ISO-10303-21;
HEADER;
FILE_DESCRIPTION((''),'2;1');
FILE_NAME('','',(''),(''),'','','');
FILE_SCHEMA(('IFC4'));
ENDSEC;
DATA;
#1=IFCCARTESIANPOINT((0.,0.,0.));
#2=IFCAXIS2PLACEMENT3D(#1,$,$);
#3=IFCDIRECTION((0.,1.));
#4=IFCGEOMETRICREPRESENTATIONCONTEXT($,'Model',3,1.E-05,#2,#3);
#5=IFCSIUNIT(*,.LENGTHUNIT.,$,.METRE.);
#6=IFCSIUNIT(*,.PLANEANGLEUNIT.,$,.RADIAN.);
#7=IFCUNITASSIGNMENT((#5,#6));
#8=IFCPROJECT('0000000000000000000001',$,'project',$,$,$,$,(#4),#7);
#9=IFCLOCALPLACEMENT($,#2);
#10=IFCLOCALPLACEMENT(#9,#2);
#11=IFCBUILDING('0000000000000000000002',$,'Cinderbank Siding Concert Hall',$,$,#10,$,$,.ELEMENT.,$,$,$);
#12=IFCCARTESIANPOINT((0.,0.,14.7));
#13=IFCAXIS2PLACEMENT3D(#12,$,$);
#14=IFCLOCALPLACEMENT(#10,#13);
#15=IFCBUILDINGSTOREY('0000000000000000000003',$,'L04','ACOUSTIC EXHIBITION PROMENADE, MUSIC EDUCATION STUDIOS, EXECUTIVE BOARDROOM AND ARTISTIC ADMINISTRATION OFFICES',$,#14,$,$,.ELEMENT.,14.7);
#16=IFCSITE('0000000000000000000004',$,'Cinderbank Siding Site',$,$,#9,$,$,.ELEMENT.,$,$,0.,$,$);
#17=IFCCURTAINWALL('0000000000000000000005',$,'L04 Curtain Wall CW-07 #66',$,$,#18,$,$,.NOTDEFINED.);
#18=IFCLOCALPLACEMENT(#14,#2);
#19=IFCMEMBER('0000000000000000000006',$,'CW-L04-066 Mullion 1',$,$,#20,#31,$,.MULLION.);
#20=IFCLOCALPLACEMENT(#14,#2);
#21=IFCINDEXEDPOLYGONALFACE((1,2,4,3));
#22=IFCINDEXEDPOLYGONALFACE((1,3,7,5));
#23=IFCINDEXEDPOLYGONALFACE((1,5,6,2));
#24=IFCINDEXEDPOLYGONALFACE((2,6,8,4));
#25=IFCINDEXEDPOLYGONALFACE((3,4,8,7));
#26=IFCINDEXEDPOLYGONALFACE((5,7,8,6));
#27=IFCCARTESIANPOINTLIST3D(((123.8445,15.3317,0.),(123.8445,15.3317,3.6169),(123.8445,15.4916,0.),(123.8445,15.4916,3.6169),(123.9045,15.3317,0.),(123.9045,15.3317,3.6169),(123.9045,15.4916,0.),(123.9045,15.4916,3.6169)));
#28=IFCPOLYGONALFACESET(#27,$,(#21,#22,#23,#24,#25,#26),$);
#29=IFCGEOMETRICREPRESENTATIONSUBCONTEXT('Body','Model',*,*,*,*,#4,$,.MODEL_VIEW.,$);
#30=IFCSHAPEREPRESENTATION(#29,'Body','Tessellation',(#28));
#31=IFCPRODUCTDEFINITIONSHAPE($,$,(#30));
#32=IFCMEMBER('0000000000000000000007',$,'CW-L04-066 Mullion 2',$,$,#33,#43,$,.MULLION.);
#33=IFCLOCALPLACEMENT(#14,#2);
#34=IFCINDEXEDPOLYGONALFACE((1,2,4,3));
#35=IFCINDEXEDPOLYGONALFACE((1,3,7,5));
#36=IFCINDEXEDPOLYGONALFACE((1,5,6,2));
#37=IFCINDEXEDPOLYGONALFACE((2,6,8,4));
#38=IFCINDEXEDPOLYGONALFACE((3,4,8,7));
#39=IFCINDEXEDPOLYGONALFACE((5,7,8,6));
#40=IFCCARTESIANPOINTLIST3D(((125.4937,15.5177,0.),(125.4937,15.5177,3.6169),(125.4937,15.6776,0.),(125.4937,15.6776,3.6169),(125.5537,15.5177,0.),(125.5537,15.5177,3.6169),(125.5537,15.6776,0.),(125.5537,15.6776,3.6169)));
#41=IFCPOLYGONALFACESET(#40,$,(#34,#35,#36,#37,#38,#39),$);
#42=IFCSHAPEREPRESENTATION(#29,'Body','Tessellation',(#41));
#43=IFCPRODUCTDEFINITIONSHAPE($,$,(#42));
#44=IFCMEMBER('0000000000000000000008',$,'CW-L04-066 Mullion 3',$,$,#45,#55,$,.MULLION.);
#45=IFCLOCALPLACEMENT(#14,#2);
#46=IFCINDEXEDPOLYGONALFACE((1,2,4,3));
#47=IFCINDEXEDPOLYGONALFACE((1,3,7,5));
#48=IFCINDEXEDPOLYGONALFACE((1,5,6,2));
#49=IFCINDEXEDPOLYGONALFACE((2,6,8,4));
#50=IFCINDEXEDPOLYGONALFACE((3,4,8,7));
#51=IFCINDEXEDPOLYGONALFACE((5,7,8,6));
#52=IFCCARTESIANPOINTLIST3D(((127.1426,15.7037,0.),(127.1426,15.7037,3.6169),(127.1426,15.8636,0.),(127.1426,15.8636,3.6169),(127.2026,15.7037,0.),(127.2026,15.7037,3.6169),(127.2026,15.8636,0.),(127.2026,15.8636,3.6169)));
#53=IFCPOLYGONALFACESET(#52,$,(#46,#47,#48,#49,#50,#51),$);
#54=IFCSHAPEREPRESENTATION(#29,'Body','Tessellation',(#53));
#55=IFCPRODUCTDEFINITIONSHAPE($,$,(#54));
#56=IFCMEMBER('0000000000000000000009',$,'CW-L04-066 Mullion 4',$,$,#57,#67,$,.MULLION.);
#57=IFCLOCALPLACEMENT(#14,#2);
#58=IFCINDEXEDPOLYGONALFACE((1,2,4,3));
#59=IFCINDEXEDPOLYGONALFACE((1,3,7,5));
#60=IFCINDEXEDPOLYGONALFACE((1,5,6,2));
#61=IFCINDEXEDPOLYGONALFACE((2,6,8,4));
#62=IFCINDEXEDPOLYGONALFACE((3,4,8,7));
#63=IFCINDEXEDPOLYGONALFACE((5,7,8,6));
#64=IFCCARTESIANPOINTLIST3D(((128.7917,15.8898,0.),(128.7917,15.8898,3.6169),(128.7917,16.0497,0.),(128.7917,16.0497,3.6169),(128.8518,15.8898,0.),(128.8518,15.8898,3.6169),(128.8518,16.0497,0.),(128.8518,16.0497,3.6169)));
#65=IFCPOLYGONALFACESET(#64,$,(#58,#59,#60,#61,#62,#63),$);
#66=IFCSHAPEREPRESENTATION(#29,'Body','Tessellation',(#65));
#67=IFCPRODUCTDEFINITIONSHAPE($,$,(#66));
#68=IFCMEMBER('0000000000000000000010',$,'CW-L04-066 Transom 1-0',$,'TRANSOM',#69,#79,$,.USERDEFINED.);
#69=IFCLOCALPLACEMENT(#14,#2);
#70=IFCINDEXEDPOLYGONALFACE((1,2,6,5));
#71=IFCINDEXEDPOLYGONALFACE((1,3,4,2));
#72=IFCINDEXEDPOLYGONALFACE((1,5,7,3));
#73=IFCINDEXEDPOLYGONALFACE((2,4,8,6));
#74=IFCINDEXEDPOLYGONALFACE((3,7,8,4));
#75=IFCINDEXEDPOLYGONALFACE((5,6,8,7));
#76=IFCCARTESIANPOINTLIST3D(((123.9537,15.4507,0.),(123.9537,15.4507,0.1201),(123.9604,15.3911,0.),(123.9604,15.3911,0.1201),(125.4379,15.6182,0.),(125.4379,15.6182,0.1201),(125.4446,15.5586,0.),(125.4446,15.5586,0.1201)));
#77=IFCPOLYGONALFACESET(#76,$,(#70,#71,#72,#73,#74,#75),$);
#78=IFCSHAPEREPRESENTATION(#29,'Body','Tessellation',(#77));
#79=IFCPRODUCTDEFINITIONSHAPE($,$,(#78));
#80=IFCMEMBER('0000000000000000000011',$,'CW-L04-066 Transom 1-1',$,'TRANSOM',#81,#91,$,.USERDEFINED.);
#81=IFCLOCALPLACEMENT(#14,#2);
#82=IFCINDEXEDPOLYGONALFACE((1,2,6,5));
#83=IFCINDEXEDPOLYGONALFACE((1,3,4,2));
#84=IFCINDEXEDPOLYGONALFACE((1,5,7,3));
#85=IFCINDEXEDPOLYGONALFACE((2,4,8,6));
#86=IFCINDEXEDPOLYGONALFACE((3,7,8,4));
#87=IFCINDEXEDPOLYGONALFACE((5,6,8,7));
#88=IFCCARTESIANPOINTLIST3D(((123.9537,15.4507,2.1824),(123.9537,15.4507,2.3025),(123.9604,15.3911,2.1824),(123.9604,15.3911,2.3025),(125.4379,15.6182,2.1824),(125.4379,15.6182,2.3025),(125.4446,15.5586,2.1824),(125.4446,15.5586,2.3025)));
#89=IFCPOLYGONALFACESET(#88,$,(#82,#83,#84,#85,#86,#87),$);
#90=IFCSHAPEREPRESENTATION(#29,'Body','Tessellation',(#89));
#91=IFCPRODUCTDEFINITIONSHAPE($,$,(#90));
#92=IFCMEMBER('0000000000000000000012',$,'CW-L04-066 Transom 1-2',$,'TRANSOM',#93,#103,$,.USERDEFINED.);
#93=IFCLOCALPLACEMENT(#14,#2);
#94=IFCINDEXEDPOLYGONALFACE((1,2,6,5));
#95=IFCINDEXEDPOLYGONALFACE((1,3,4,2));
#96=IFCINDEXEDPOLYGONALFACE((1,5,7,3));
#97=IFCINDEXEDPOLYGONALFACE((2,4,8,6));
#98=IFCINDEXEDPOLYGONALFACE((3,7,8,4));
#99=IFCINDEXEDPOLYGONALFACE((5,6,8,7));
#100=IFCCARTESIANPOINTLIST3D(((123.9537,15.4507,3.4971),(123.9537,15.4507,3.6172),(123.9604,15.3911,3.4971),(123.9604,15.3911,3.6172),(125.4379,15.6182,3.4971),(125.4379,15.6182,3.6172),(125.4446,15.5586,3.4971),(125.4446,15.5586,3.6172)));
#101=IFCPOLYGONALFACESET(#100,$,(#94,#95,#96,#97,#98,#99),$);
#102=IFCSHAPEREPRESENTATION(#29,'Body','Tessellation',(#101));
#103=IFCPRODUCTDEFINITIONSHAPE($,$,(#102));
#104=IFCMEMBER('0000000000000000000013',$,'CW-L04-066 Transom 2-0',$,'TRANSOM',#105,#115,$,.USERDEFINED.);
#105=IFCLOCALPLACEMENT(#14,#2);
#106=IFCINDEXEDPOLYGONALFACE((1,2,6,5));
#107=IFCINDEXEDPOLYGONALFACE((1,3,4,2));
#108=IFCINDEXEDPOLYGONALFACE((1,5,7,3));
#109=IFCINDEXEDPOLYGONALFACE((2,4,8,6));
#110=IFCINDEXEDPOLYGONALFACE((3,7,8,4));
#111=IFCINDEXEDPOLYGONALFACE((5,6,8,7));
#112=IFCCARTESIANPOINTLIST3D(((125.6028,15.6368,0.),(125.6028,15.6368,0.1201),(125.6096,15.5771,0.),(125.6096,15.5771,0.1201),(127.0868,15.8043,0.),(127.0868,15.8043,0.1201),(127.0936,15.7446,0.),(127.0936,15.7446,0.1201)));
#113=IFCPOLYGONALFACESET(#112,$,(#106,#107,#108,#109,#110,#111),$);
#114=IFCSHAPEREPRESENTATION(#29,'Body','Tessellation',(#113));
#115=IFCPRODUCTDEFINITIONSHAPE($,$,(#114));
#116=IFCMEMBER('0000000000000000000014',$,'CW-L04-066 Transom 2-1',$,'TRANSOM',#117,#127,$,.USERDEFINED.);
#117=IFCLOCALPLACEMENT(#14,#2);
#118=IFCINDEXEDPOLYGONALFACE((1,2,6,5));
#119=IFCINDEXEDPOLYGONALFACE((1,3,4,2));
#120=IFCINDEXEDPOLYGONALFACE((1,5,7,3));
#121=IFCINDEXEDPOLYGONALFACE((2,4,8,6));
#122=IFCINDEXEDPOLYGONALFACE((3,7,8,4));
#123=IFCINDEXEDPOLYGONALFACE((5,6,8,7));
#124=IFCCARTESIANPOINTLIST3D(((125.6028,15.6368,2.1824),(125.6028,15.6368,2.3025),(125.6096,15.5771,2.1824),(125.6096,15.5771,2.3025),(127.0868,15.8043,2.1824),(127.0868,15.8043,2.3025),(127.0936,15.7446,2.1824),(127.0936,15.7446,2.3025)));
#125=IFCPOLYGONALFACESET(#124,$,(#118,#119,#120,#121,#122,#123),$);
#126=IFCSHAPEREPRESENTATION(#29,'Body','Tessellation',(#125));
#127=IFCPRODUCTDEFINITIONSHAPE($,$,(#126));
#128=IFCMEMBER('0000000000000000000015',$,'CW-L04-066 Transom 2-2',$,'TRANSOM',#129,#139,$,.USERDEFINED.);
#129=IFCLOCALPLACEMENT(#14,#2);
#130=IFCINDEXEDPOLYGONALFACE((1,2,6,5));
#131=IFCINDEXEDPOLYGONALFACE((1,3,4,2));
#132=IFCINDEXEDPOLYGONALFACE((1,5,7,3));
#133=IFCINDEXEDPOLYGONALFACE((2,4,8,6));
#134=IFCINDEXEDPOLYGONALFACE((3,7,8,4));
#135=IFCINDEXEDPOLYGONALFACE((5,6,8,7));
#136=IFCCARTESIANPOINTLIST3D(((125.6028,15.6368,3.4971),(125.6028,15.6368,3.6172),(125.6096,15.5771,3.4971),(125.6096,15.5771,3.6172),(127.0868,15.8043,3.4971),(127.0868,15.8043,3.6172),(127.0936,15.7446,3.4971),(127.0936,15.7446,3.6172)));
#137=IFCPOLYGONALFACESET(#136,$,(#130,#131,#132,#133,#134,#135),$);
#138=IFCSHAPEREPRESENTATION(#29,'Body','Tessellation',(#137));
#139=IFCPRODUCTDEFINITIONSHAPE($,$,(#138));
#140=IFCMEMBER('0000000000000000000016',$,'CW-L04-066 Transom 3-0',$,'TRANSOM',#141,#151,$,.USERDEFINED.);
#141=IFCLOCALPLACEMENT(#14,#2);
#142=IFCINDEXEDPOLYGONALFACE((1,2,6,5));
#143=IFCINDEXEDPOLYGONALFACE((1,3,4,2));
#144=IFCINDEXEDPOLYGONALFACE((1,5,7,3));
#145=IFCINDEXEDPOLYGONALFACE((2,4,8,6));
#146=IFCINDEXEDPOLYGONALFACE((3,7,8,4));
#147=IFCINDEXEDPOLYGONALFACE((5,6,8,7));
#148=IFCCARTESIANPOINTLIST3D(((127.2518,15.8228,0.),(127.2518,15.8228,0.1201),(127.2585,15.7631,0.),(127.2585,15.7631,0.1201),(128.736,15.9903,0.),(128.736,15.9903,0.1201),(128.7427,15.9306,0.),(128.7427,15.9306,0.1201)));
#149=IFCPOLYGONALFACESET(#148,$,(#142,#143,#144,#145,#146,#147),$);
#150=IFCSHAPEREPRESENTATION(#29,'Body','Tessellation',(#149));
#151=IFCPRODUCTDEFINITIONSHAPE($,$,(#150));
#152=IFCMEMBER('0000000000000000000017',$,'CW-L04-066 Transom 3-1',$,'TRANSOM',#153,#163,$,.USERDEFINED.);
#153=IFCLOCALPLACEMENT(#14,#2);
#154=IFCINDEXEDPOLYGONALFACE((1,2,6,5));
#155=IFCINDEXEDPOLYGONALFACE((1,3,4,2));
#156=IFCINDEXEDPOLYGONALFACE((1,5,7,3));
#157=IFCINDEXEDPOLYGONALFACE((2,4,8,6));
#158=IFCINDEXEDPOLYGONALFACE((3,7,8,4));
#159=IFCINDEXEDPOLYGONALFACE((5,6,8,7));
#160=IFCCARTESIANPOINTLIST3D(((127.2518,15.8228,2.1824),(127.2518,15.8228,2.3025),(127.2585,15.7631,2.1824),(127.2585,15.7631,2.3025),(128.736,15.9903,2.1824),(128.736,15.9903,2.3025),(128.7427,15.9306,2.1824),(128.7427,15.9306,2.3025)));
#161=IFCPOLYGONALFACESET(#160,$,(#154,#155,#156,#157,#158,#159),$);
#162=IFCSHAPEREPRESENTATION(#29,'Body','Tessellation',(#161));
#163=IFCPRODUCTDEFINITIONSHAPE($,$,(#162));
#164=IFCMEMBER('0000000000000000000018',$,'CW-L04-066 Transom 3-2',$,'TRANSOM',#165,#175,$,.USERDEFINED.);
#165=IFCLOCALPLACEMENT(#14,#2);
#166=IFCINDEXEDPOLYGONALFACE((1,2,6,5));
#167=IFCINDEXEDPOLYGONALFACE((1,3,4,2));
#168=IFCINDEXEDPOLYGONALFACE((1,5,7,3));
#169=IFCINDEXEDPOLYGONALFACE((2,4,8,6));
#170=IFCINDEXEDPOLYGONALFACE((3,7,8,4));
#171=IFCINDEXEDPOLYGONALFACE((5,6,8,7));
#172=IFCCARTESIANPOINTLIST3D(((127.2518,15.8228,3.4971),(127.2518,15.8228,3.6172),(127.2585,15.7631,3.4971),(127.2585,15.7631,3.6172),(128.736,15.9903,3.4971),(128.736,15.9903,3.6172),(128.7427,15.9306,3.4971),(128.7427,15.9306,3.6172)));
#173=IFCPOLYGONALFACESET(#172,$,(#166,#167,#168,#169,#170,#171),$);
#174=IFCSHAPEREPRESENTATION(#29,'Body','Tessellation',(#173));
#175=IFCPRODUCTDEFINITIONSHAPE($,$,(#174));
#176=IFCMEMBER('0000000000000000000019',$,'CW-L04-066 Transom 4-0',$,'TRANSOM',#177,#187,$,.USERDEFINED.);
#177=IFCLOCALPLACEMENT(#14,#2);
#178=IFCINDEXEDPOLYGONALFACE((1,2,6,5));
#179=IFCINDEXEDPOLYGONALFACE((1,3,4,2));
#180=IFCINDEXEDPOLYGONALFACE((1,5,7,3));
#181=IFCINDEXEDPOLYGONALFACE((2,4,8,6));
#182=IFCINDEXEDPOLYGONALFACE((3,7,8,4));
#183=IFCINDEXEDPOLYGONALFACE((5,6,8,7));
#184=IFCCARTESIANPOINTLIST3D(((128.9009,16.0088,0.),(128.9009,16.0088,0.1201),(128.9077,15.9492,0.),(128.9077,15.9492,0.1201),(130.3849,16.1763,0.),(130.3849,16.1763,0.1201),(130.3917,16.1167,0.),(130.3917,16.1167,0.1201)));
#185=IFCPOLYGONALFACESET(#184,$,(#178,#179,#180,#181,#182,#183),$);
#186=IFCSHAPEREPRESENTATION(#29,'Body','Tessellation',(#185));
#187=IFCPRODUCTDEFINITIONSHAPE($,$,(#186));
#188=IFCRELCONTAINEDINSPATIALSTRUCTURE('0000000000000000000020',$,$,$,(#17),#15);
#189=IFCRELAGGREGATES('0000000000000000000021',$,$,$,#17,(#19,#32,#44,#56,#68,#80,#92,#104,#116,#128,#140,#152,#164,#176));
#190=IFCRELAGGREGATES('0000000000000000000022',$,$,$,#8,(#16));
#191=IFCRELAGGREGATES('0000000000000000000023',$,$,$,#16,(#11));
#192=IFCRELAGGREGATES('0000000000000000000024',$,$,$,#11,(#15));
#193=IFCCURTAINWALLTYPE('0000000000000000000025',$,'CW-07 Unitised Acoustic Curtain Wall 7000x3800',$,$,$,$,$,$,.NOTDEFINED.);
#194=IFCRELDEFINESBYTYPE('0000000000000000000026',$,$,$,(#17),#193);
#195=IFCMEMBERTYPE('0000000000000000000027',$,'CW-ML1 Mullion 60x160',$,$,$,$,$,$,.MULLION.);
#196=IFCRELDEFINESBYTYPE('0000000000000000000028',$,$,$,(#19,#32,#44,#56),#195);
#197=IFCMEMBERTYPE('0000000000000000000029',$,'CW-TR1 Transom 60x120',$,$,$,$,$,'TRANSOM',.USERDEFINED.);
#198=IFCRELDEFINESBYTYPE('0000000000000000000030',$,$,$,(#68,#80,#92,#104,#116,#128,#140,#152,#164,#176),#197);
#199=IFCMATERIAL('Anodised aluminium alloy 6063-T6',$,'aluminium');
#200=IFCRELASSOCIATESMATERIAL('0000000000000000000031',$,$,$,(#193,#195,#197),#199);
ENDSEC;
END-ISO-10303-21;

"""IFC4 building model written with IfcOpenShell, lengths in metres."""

from ifc_helpers import new_model, si_unit, direction, frame, origin, origin_2d, place, context, subcontext, project, spatial, rectangle, extrude, material, material_profile, profile_set, type_object, element, aggregate, save


model = new_model("IFC4")

# Units and contexts
model_context = context("Model", 3, precision=1e-05, world=origin(), true_north=direction((0.0, 1.0)))
body_context = subcontext(model_context, "Body", "Model", "MODEL_VIEW")
ifc_project = project(units=[si_unit("LENGTHUNIT", "METRE"), si_unit("PLANEANGLEUNIT", "RADIAN")], contexts=[model_context])

# Site, building, storey
site_placement = place(None, origin())
site = spatial("IfcSite", under=ifc_project, at=site_placement, Name="Cinderbank Siding Site", CompositionType="ELEMENT", RefElevation=0.0)
building_placement = place(site_placement, origin())
building = spatial("IfcBuilding", under=site, at=building_placement, Name="Cinderbank Siding Concert Hall", CompositionType="ELEMENT")
storey_placement = place(building_placement, frame((0.0, 0.0, 14.7)))
storey = spatial("IfcBuildingStorey", under=building, at=storey_placement, Name="L04", Description="ACOUSTIC EXHIBITION PROMENADE, MUSIC EDUCATION STUDIOS, EXECUTIVE BOARDROOM AND ARTISTIC ADMINISTRATION OFFICES", CompositionType="ELEMENT", Elevation=14.7)

# Curtain wall, members
ifc_material_1 = material(Name="Anodised aluminium alloy 6063-T6", Category="aluminium")
curtain_wall_type = type_object("IfcCurtainWallType", Name="CW-07 Unitised Acoustic Curtain Wall 7000x3800", PredefinedType="NOTDEFINED", material=ifc_material_1)
curtain_wall_placement = place(storey_placement, origin())
curtain_wall = element("IfcCurtainWall", 1, at=curtain_wall_placement, inside=storey, type_object=curtain_wall_type, Name="L04 Curtain Wall CW-07 #66", PredefinedType="NOTDEFINED")
ifc_material_profile_1 = material_profile(ifc_material_1, rectangle(XDim=0.0601, YDim=0.1599, at=origin_2d()), Name="ALU-MULL-60x160", Category="LoadBearing")
ifc_profile_set_1 = profile_set([ifc_material_profile_1], Name="Anodised aluminium alloy 6063-T6")
member_type_1 = type_object("IfcMemberType", Name="CW-ML1 Mullion 60x160", PredefinedType="MULLION", material=ifc_profile_set_1)
member_1_placement = place(storey_placement, frame((123.8745, 15.4116, 0.0), z_axis=(0.0, 0.0, 1.0), x_axis=(1.0, 0.0, 0.0)))
member_1 = element("IfcMember", 2, at=member_1_placement, type_object=member_type_1, Name="CW-L04-066 Mullion 1", PredefinedType="MULLION", context=body_context, shape_type="SweptSolid", body=[
    extrude(rectangle(XDim=0.0601, YDim=0.1599, at=origin_2d()), origin(), (0.0, 0.0, 1.0), 3.6169),
])
member_2_placement = place(storey_placement, frame((125.5237, 15.5977, 0.0), z_axis=(0.0, 0.0, 1.0), x_axis=(1.0, 0.0, 0.0)))
member_2 = element("IfcMember", 3, at=member_2_placement, type_object=member_type_1, Name="CW-L04-066 Mullion 2", PredefinedType="MULLION", context=body_context, shape_type="SweptSolid", body=[
    extrude(rectangle(XDim=0.0601, YDim=0.1599, at=origin_2d()), origin(), (0.0, 0.0, 1.0), 3.6169),
])
member_3_placement = place(storey_placement, frame((127.1726, 15.7837, 0.0), z_axis=(0.0, 0.0, 1.0), x_axis=(1.0, 0.0, 0.0)))
member_3 = element("IfcMember", 4, at=member_3_placement, type_object=member_type_1, Name="CW-L04-066 Mullion 3", PredefinedType="MULLION", context=body_context, shape_type="SweptSolid", body=[
    extrude(rectangle(XDim=0.0601, YDim=0.1599, at=origin_2d()), origin(), (0.0, 0.0, 1.0), 3.6169),
])
member_4_placement = place(storey_placement, frame((128.8218, 15.9697, 0.0), z_axis=(0.0, 0.0, 1.0), x_axis=(1.0, 0.0, 0.0)))
member_4 = element("IfcMember", 5, at=member_4_placement, type_object=member_type_1, Name="CW-L04-066 Mullion 4", PredefinedType="MULLION", context=body_context, shape_type="SweptSolid", body=[
    extrude(rectangle(XDim=0.0601, YDim=0.1599, at=origin_2d()), origin(), (0.0, 0.0, 1.0), 3.6169),
])
ifc_material_profile_2 = material_profile(ifc_material_1, rectangle(XDim=0.0601, YDim=0.1201, at=origin_2d()), Name="ALU-TRAN-60x120", Category="LoadBearing")
ifc_profile_set_2 = profile_set([ifc_material_profile_2], Name="Anodised aluminium alloy 6063-T6")
member_type_2 = type_object("IfcMemberType", Name="CW-TR1 Transom 60x120", ElementType="TRANSOM", PredefinedType="USERDEFINED", material=ifc_profile_set_2)
member_5_placement = place(storey_placement, frame((123.957, 15.4209, 0.0601), z_axis=(0.993693, 0.112136, 0.0), x_axis=(-0.112136, 0.993693, 0.0)))
member_5 = element("IfcMember", 6, at=member_5_placement, type_object=member_type_2, Name="CW-L04-066 Transom 1-0", ObjectType="TRANSOM", PredefinedType="USERDEFINED", context=body_context, shape_type="SweptSolid", body=[
    extrude(rectangle(XDim=0.0601, YDim=0.1201, at=origin_2d()), origin(), (0.0, 0.0, 1.0), 1.4937),
])
member_6_placement = place(storey_placement, frame((123.957, 15.4209, 2.2424), z_axis=(0.993693, 0.112136, 0.0), x_axis=(-0.112136, 0.993693, 0.0)))
member_6 = element("IfcMember", 7, at=member_6_placement, type_object=member_type_2, Name="CW-L04-066 Transom 1-1", ObjectType="TRANSOM", PredefinedType="USERDEFINED", context=body_context, shape_type="SweptSolid", body=[
    extrude(rectangle(XDim=0.0601, YDim=0.1201, at=origin_2d()), origin(), (0.0, 0.0, 1.0), 1.4937),
])
member_7_placement = place(storey_placement, frame((123.957, 15.4209, 3.5571), z_axis=(0.993693, 0.112136, 0.0), x_axis=(-0.112136, 0.993693, 0.0)))
member_7 = element("IfcMember", 8, at=member_7_placement, type_object=member_type_2, Name="CW-L04-066 Transom 1-2", ObjectType="TRANSOM", PredefinedType="USERDEFINED", context=body_context, shape_type="SweptSolid", body=[
    extrude(rectangle(XDim=0.0601, YDim=0.1201, at=origin_2d()), origin(), (0.0, 0.0, 1.0), 1.4937),
])
member_8_placement = place(storey_placement, frame((125.6062, 15.6069, 0.0601), z_axis=(0.993691, 0.112154, 0.0), x_axis=(-0.112154, 0.993691, 0.0)))
member_8 = element("IfcMember", 9, at=member_8_placement, type_object=member_type_2, Name="CW-L04-066 Transom 2-0", ObjectType="TRANSOM", PredefinedType="USERDEFINED", context=body_context, shape_type="SweptSolid", body=[
    extrude(rectangle(XDim=0.0601, YDim=0.1201, at=origin_2d()), origin(), (0.0, 0.0, 1.0), 1.4934),
])
member_9_placement = place(storey_placement, frame((125.6062, 15.6069, 2.2424), z_axis=(0.993691, 0.112154, 0.0), x_axis=(-0.112154, 0.993691, 0.0)))
member_9 = element("IfcMember", 10, at=member_9_placement, type_object=member_type_2, Name="CW-L04-066 Transom 2-1", ObjectType="TRANSOM", PredefinedType="USERDEFINED", context=body_context, shape_type="SweptSolid", body=[
    extrude(rectangle(XDim=0.0601, YDim=0.1201, at=origin_2d()), origin(), (0.0, 0.0, 1.0), 1.4934),
])
member_10_placement = place(storey_placement, frame((125.6062, 15.6069, 3.5571), z_axis=(0.993691, 0.112154, 0.0), x_axis=(-0.112154, 0.993691, 0.0)))
member_10 = element("IfcMember", 11, at=member_10_placement, type_object=member_type_2, Name="CW-L04-066 Transom 2-2", ObjectType="TRANSOM", PredefinedType="USERDEFINED", context=body_context, shape_type="SweptSolid", body=[
    extrude(rectangle(XDim=0.0601, YDim=0.1201, at=origin_2d()), origin(), (0.0, 0.0, 1.0), 1.4934),
])
member_11_placement = place(storey_placement, frame((127.2551, 15.793, 0.0601), z_axis=(0.993693, 0.112136, 0.0), x_axis=(-0.112136, 0.993693, 0.0)))
member_11 = element("IfcMember", 12, at=member_11_placement, type_object=member_type_2, Name="CW-L04-066 Transom 3-0", ObjectType="TRANSOM", PredefinedType="USERDEFINED", context=body_context, shape_type="SweptSolid", body=[
    extrude(rectangle(XDim=0.0601, YDim=0.1201, at=origin_2d()), origin(), (0.0, 0.0, 1.0), 1.4937),
])
member_12_placement = place(storey_placement, frame((127.2551, 15.793, 2.2424), z_axis=(0.993693, 0.112136, 0.0), x_axis=(-0.112136, 0.993693, 0.0)))
member_12 = element("IfcMember", 13, at=member_12_placement, type_object=member_type_2, Name="CW-L04-066 Transom 3-1", ObjectType="TRANSOM", PredefinedType="USERDEFINED", context=body_context, shape_type="SweptSolid", body=[
    extrude(rectangle(XDim=0.0601, YDim=0.1201, at=origin_2d()), origin(), (0.0, 0.0, 1.0), 1.4937),
])
member_13_placement = place(storey_placement, frame((127.2551, 15.793, 3.5571), z_axis=(0.993693, 0.112136, 0.0), x_axis=(-0.112136, 0.993693, 0.0)))
member_13 = element("IfcMember", 14, at=member_13_placement, type_object=member_type_2, Name="CW-L04-066 Transom 3-2", ObjectType="TRANSOM", PredefinedType="USERDEFINED", context=body_context, shape_type="SweptSolid", body=[
    extrude(rectangle(XDim=0.0601, YDim=0.1201, at=origin_2d()), origin(), (0.0, 0.0, 1.0), 1.4937),
])
member_14_placement = place(storey_placement, frame((128.9043, 15.979, 0.0601), z_axis=(0.993691, 0.112154, 0.0), x_axis=(-0.112154, 0.993691, 0.0)))
member_14 = element("IfcMember", 15, at=member_14_placement, type_object=member_type_2, Name="CW-L04-066 Transom 4-0", ObjectType="TRANSOM", PredefinedType="USERDEFINED", context=body_context, shape_type="SweptSolid", body=[
    extrude(rectangle(XDim=0.0601, YDim=0.1201, at=origin_2d()), origin(), (0.0, 0.0, 1.0), 1.4934),
])
aggregate(curtain_wall, [member_1, member_2, member_3, member_4, member_5, member_6, member_7, member_8, member_9, member_10, member_11, member_12, member_13, member_14])

save(model, "model.ifc")
